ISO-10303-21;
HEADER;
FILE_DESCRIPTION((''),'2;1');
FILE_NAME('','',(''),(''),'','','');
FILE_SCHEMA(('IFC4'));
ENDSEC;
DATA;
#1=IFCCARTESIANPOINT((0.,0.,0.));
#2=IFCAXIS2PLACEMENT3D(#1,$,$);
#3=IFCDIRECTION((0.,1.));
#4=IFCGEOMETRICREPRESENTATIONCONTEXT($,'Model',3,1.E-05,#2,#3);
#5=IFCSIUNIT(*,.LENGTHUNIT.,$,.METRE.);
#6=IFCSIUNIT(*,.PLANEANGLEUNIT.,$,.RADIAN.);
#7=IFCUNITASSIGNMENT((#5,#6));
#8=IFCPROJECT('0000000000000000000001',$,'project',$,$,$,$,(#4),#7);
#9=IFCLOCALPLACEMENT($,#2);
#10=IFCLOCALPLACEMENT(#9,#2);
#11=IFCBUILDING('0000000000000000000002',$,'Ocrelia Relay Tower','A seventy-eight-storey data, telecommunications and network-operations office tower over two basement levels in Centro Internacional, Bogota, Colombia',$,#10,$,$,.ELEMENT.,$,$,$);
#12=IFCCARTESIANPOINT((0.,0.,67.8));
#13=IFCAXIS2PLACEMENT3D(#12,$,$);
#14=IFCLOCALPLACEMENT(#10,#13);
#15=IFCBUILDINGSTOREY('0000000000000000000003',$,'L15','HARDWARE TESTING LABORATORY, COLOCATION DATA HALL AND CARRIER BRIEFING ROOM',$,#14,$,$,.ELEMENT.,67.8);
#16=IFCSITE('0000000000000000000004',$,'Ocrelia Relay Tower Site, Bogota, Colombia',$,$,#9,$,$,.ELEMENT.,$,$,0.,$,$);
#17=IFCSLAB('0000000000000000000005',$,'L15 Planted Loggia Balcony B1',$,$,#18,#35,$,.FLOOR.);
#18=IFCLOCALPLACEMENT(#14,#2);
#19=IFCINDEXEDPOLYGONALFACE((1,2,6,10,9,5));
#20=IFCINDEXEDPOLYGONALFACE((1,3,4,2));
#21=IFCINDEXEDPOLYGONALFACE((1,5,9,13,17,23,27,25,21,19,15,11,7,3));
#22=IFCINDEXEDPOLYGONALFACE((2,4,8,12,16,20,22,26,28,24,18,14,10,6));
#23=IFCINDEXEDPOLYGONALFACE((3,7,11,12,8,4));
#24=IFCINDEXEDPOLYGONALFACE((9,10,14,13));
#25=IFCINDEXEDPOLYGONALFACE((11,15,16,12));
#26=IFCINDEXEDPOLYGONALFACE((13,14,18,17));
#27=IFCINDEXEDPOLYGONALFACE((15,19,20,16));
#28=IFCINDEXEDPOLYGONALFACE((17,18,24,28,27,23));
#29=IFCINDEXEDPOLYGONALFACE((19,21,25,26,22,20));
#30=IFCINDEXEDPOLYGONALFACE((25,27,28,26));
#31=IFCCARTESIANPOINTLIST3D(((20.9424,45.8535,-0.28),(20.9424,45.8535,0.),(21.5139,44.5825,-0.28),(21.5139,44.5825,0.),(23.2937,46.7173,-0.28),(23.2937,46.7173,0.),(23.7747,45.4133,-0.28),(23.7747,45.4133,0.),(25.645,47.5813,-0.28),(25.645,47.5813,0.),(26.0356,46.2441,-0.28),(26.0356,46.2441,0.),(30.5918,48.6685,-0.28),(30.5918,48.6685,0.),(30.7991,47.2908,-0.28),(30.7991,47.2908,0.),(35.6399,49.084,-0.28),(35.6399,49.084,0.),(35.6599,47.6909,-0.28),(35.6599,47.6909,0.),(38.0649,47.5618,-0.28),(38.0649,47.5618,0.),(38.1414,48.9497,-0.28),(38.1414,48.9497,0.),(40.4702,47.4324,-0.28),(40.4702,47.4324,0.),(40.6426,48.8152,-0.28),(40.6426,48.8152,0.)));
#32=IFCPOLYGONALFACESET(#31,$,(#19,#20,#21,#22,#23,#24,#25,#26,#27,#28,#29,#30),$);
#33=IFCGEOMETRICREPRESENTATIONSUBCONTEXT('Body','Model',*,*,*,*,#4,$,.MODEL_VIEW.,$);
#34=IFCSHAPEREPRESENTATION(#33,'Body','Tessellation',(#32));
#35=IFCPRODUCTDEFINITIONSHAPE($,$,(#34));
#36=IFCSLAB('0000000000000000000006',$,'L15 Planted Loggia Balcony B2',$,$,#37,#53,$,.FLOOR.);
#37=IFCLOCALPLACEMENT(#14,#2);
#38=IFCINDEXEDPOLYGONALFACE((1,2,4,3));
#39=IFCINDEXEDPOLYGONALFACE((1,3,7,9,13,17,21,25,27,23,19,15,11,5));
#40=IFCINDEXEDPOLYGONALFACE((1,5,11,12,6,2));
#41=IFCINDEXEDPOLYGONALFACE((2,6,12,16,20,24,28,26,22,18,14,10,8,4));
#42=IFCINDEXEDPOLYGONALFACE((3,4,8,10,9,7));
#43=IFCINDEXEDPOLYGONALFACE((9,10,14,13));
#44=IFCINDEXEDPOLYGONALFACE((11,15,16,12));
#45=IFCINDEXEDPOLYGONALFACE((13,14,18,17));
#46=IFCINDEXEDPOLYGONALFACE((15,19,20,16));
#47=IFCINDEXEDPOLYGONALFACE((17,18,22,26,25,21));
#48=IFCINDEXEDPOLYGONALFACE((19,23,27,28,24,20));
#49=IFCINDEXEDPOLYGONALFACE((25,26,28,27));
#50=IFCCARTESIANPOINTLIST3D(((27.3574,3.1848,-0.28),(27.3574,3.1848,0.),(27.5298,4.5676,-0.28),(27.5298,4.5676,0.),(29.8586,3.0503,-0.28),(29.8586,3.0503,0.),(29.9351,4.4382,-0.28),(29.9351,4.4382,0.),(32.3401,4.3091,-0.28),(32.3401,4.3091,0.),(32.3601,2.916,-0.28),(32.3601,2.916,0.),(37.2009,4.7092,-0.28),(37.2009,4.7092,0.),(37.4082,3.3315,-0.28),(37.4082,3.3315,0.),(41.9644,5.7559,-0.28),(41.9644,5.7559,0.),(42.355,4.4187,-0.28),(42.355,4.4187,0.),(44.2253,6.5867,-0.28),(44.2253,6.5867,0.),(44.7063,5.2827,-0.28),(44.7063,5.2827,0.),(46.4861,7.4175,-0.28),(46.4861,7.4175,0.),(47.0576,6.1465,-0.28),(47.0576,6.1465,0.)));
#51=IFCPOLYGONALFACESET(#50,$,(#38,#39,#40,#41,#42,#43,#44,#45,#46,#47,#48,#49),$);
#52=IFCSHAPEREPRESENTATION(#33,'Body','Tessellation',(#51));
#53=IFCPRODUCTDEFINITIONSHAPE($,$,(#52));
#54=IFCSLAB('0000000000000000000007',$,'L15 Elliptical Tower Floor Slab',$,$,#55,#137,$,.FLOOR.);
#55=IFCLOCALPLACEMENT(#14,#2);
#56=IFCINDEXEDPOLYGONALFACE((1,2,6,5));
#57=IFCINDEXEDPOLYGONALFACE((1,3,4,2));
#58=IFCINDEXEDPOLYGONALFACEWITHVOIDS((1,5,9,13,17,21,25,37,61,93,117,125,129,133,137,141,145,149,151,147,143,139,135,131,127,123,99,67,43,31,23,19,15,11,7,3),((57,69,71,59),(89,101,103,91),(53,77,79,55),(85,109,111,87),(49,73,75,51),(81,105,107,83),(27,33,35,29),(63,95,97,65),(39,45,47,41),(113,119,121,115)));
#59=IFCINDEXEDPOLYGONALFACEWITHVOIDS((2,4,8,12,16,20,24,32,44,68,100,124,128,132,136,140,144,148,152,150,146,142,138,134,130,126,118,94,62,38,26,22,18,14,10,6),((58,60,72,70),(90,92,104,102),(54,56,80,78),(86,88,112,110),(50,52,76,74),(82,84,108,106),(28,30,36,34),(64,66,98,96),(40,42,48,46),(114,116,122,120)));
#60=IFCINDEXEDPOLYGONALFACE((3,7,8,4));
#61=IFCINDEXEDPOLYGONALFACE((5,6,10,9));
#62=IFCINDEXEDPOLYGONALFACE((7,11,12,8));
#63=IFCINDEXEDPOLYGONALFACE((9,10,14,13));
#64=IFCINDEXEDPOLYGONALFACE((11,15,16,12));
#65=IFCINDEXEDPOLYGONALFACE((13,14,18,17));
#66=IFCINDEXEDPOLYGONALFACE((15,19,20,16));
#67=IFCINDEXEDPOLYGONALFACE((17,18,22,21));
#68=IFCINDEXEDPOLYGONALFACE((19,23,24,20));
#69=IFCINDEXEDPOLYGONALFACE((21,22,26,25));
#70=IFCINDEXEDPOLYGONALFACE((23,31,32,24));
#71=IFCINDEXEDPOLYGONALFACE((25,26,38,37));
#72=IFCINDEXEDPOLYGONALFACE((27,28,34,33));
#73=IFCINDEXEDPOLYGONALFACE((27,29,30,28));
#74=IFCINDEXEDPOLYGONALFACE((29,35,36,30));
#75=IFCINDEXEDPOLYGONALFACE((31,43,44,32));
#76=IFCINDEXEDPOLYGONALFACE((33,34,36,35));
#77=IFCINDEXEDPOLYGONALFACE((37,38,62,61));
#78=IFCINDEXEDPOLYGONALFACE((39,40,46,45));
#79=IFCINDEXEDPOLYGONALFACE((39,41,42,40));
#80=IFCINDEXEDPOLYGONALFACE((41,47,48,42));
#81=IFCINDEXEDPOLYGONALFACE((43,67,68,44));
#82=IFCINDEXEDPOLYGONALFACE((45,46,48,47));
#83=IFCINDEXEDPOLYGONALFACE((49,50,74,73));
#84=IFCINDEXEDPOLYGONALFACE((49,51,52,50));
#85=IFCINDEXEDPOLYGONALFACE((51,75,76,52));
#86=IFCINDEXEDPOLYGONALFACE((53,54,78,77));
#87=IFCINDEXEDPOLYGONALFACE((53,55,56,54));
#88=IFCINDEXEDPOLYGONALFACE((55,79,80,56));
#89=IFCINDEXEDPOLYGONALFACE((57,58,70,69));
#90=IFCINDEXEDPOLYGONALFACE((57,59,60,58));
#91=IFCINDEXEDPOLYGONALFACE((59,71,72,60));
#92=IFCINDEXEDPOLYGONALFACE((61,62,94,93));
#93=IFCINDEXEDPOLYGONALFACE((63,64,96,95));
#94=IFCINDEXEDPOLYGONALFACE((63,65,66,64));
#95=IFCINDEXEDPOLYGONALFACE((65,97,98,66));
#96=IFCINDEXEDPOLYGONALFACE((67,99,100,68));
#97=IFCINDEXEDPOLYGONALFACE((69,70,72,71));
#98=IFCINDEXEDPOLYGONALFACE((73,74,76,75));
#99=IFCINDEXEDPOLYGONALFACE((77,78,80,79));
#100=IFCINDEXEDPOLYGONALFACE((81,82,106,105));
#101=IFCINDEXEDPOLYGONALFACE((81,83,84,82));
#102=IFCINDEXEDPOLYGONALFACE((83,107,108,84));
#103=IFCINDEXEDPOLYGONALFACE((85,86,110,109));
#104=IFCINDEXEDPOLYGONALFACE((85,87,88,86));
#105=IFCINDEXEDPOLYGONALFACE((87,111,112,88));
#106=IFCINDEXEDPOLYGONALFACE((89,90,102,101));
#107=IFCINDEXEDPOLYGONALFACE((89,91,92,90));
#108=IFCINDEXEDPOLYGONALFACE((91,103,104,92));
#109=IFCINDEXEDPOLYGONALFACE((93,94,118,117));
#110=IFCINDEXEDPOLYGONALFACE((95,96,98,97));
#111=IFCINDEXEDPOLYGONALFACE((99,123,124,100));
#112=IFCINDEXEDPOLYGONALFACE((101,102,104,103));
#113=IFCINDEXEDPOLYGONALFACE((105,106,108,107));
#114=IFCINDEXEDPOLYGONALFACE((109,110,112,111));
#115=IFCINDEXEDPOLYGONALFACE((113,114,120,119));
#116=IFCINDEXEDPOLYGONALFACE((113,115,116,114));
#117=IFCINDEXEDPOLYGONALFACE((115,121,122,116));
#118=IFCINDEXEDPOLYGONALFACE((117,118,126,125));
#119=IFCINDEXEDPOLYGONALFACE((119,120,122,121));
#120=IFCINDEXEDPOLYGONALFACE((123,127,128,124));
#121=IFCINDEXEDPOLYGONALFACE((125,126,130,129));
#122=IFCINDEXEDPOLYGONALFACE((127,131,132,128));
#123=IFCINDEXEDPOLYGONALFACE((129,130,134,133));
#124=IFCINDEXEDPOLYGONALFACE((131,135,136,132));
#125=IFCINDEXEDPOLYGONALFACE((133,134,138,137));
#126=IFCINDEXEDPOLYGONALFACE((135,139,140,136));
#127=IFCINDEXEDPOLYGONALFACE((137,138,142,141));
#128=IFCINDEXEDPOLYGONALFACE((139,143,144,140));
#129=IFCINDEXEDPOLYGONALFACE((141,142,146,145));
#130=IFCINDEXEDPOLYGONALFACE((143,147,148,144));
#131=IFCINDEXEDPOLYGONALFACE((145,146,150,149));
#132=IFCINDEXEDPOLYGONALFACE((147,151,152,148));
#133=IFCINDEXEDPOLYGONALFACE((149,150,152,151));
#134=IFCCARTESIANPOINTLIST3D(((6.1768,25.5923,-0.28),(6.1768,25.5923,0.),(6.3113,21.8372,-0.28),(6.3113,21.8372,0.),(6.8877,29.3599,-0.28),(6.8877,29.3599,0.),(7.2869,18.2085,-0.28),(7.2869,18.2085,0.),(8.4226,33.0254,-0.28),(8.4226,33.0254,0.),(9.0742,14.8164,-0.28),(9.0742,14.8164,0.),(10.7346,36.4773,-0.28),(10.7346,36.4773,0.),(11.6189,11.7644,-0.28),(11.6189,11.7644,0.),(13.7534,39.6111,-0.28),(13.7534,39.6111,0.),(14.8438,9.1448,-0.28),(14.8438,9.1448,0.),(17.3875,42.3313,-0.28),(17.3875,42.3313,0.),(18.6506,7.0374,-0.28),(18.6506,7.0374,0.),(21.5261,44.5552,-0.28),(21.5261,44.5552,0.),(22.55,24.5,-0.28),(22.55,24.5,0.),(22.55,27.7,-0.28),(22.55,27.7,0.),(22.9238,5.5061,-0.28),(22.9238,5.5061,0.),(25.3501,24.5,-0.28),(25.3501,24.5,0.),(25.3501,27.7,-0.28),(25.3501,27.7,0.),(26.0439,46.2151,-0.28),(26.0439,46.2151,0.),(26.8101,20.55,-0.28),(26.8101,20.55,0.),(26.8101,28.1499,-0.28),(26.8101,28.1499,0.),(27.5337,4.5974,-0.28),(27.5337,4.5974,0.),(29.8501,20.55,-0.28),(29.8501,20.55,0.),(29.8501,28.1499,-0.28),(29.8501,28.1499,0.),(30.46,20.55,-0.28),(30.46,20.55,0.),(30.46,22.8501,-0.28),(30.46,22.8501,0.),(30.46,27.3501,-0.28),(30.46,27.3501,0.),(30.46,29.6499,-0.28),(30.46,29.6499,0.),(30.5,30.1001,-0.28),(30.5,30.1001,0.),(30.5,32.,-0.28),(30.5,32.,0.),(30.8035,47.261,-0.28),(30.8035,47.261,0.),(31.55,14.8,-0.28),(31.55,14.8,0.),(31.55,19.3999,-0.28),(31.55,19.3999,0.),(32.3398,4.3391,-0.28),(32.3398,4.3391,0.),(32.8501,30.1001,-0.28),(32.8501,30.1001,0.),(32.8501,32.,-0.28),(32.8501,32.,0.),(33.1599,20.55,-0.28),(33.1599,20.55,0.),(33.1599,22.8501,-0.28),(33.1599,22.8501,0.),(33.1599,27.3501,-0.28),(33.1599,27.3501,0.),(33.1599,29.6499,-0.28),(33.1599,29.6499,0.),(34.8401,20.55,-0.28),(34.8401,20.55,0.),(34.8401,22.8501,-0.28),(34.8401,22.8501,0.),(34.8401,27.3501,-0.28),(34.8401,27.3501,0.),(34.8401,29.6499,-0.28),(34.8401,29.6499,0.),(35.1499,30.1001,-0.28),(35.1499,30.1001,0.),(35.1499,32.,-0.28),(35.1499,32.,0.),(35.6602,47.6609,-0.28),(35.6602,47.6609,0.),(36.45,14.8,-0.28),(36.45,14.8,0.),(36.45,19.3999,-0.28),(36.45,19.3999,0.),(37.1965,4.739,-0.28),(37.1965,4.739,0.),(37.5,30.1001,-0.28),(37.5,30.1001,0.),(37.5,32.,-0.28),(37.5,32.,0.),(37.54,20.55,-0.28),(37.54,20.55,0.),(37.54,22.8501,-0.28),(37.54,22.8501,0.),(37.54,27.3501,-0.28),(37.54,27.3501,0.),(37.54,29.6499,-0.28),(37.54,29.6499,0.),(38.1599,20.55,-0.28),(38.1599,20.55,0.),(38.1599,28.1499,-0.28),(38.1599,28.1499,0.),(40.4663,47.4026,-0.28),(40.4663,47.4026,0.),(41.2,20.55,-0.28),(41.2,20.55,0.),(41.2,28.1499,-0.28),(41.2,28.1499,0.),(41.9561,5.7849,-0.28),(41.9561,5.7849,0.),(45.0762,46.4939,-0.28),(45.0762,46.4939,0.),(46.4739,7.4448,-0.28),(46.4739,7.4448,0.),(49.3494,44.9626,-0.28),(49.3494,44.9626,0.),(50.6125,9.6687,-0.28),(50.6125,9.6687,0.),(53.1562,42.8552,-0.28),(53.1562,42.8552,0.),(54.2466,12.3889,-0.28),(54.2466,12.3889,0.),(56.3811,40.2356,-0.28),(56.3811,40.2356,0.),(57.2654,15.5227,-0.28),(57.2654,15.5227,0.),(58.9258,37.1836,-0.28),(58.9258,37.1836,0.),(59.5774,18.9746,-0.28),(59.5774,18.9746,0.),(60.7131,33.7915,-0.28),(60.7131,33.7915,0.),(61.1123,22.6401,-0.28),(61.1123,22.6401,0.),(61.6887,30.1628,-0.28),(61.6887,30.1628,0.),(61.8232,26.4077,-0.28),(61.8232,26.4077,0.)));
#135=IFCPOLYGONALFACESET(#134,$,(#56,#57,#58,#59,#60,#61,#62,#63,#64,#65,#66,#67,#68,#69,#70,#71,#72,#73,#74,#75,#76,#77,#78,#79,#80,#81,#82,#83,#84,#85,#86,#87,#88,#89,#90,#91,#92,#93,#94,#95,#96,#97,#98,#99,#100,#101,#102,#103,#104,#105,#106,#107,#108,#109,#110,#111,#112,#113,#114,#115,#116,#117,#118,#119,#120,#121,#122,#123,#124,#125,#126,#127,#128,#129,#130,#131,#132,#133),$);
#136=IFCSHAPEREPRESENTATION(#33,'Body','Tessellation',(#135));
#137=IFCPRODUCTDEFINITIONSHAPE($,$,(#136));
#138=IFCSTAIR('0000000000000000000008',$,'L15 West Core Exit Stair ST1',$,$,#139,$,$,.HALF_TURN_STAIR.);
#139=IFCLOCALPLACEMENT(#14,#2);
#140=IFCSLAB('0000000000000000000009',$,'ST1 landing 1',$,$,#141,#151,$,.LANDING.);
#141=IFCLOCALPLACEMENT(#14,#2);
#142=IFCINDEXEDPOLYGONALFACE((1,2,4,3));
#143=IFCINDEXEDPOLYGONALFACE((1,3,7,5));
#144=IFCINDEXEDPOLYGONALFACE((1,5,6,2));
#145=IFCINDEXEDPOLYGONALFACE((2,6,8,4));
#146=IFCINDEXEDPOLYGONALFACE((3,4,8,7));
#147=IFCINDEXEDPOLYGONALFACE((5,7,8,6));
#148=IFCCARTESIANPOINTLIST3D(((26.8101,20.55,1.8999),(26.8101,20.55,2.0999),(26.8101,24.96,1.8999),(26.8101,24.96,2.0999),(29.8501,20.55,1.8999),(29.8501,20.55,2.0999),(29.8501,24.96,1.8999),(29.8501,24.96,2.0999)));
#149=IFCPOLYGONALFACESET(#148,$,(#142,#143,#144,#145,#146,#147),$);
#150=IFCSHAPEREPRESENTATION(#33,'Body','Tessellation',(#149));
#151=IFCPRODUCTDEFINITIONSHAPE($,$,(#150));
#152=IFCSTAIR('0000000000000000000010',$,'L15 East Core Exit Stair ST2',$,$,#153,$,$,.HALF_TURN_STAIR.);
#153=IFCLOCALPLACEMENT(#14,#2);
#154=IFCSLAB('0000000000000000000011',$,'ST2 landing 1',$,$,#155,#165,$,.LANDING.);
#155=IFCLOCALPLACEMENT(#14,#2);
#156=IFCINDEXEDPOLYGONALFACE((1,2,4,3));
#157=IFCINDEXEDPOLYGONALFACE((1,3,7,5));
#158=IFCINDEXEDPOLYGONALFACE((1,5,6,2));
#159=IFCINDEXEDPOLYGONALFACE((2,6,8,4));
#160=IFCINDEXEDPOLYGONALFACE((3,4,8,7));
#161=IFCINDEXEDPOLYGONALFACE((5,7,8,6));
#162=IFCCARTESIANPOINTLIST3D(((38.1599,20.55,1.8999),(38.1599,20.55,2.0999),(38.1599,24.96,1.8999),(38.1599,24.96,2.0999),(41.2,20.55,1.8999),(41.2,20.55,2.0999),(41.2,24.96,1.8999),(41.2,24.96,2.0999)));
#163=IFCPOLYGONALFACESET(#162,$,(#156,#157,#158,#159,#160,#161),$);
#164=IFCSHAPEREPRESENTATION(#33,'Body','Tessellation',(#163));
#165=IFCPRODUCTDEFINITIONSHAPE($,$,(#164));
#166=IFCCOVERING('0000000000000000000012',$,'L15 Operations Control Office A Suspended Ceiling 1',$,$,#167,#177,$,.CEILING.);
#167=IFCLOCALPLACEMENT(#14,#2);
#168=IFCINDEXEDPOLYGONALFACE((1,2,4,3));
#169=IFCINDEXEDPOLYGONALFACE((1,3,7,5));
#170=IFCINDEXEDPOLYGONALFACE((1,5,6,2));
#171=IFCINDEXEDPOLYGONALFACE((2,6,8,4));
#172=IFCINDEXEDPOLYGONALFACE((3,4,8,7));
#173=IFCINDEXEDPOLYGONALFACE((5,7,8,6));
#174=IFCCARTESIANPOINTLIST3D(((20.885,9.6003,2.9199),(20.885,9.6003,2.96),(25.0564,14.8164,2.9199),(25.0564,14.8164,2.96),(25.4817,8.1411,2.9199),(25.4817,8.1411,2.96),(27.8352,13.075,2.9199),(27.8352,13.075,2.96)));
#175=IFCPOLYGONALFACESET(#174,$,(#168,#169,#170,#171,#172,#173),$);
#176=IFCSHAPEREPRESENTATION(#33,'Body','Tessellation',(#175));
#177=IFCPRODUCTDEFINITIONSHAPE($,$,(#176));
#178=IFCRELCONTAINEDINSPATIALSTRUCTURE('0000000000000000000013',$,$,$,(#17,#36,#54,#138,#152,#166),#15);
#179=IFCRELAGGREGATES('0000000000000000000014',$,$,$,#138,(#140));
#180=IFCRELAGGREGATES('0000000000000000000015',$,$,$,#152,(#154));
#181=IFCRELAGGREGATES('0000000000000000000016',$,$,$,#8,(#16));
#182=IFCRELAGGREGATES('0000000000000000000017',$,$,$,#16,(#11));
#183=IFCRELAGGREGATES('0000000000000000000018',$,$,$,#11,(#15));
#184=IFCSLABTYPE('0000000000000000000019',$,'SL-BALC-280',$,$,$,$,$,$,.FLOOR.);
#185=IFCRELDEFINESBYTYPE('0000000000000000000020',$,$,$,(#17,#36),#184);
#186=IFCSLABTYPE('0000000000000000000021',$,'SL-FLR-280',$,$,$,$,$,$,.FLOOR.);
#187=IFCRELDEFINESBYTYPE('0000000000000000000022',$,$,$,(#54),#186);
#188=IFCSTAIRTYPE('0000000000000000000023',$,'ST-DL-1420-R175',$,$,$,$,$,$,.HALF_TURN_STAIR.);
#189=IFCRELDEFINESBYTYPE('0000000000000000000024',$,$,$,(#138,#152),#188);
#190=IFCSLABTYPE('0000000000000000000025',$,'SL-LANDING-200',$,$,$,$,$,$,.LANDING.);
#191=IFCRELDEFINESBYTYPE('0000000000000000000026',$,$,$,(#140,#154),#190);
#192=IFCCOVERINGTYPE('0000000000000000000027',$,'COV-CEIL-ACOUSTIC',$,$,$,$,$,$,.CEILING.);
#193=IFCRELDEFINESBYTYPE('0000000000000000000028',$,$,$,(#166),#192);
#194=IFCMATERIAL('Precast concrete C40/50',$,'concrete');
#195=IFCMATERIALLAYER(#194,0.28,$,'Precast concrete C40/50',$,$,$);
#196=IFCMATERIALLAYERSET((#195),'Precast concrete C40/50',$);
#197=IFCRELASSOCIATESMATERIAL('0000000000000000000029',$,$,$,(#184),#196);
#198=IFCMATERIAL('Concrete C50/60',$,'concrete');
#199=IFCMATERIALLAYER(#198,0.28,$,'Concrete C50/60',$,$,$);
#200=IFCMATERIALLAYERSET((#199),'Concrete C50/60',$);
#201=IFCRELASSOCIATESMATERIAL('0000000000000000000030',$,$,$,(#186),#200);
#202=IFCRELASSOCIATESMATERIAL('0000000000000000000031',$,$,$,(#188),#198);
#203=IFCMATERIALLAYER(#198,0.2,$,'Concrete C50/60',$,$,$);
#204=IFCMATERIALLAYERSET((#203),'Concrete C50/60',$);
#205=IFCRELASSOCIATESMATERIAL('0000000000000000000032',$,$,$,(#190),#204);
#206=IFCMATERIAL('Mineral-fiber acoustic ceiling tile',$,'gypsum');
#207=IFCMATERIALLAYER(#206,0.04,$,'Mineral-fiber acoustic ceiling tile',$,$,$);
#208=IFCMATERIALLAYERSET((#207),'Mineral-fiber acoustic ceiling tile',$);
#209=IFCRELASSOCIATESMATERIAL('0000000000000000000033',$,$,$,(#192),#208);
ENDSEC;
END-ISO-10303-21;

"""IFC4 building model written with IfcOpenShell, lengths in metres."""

from ifc_helpers import new_model, si_unit, direction, frame, origin, place, context, subcontext, project, spatial, polyline, outline, extrude, material, layer, layer_set, type_object, element, aggregate, save


model = new_model("IFC4")

# Units and contexts
model_context = context("Model", 3, precision=1e-05, world=origin(), true_north=direction((0.0, 1.0)))
body_context = subcontext(model_context, "Body", "Model", "MODEL_VIEW")
ifc_project = project(units=[si_unit("LENGTHUNIT", "METRE"), si_unit("PLANEANGLEUNIT", "RADIAN")], contexts=[model_context])

# Site, building, storey
site_placement = place(None, origin())
site = spatial("IfcSite", under=ifc_project, at=site_placement, Name="Ocrelia Relay Tower Site, Bogota, Colombia", CompositionType="ELEMENT", RefElevation=0.0)
building_placement = place(site_placement, origin())
building = spatial("IfcBuilding", under=site, at=building_placement, Name="Ocrelia Relay Tower", Description="A seventy-eight-storey data, telecommunications and network-operations office tower over two basement levels in Centro Internacional, Bogota, Colombia", CompositionType="ELEMENT")
storey_placement = place(building_placement, frame((0.0, 0.0, 67.8)))
storey = spatial("IfcBuildingStorey", under=building, at=storey_placement, Name="L15", Description="HARDWARE TESTING LABORATORY, COLOCATION DATA HALL AND CARRIER BRIEFING ROOM", CompositionType="ELEMENT", Elevation=67.8)

# Slabs
ifc_material_1 = material(Name="Precast concrete C40/50", Category="concrete")
ifc_layer_1 = layer(ifc_material_1, 0.28, Name="Precast concrete C40/50")
ifc_layer_set_1 = layer_set([ifc_layer_1], Name="Precast concrete C40/50")
slab_type_1 = type_object("IfcSlabType", Name="SL-BALC-280", PredefinedType="FLOOR", material=ifc_layer_set_1)
slab_1_placement = place(storey_placement, frame((0.0, 0.0, -0.28)))
element("IfcSlab", 1, at=slab_1_placement, inside=storey, type_object=slab_type_1, Name="L15 Planted Loggia Balcony B1", PredefinedType="FLOOR", context=body_context, shape_type="SweptSolid", body=[
    extrude(outline(polyline([(40.4702, 47.4324), (38.0649, 47.5618), (35.6599, 47.6909), (30.7991, 47.2908), (26.0356, 46.2441), (23.7747, 45.4133), (21.5139, 44.5825), (20.9424, 45.8535), (23.2937, 46.7173), (25.645, 47.5813), (30.5918, 48.6685), (35.6399, 49.084), (38.1414, 48.9497), (40.6426, 48.8152), (40.4702, 47.4324)])), origin(), (0.0, 0.0, 1.0), 0.28),
])
slab_2_placement = place(storey_placement, frame((0.0, 0.0, -0.28)))
element("IfcSlab", 2, at=slab_2_placement, inside=storey, type_object=slab_type_1, Name="L15 Planted Loggia Balcony B2", PredefinedType="FLOOR", context=body_context, shape_type="SweptSolid", body=[
    extrude(outline(polyline([(27.5298, 4.5676), (29.9351, 4.4382), (32.3401, 4.3091), (37.2009, 4.7092), (41.9644, 5.7559), (44.2253, 6.5867), (46.4861, 7.4175), (47.0576, 6.1465), (44.7063, 5.2827), (42.355, 4.4187), (37.4082, 3.3315), (32.3601, 2.916), (29.8586, 3.0503), (27.3574, 3.1848), (27.5298, 4.5676)])), origin(), (0.0, 0.0, 1.0), 0.28),
])
ifc_material_2 = material(Name="Concrete C50/60", Category="concrete")
ifc_layer_2 = layer(ifc_material_2, 0.28, Name="Concrete C50/60")
ifc_layer_set_2 = layer_set([ifc_layer_2], Name="Concrete C50/60")
slab_type_2 = type_object("IfcSlabType", Name="SL-FLR-280", PredefinedType="FLOOR", material=ifc_layer_set_2)
slab_3_placement = place(storey_placement, frame((0.0, 0.0, -0.28)))
element("IfcSlab", 3, at=slab_3_placement, inside=storey, type_object=slab_type_2, Name="L15 Elliptical Tower Floor Slab", PredefinedType="FLOOR", context=body_context, shape_type="SweptSolid", body=[
    extrude(outline(polyline([(61.6887, 30.1628), (60.7131, 33.7915), (58.9258, 37.1836), (56.3811, 40.2356), (53.1562, 42.8552), (49.3494, 44.9626), (45.0762, 46.4939), (40.4663, 47.4026), (35.6602, 47.6609), (30.8035, 47.261), (26.0439, 46.2151), (21.5261, 44.5552), (17.3875, 42.3313), (13.7534, 39.6111), (10.7346, 36.4773), (8.4226, 33.0254), (6.8877, 29.3599), (6.1768, 25.5923), (6.3113, 21.8372), (7.2869, 18.2085), (9.0742, 14.8164), (11.6189, 11.7644), (14.8438, 9.1448), (18.6506, 7.0374), (22.9238, 5.5061), (27.5337, 4.5974), (32.3398, 4.3391), (37.1965, 4.739), (41.9561, 5.7849), (46.4739, 7.4448), (50.6125, 9.6687), (54.2466, 12.3889), (57.2654, 15.5227), (59.5774, 18.9746), (61.1123, 22.6401), (61.8232, 26.4077), (61.6887, 30.1628)]), holes=[polyline([(26.8101, 28.1499), (26.8101, 20.55), (29.8501, 20.55), (29.8501, 28.1499), (26.8101, 28.1499)]), polyline([(38.1599, 28.1499), (38.1599, 20.55), (41.2, 20.55), (41.2, 28.1499), (38.1599, 28.1499)]), polyline([(30.46, 20.55), (33.1599, 20.55), (33.1599, 22.8501), (30.46, 22.8501), (30.46, 20.55)]), polyline([(34.8401, 20.55), (37.54, 20.55), (37.54, 22.8501), (34.8401, 22.8501), (34.8401, 20.55)]), polyline([(30.46, 27.3501), (33.1599, 27.3501), (33.1599, 29.6499), (30.46, 29.6499), (30.46, 27.3501)]), polyline([(34.8401, 27.3501), (37.54, 27.3501), (37.54, 29.6499), (34.8401, 29.6499), (34.8401, 27.3501)]), polyline([(30.5, 30.1001), (32.8501, 30.1001), (32.8501, 32.0), (30.5, 32.0), (30.5, 30.1001)]), polyline([(35.1499, 30.1001), (37.5, 30.1001), (37.5, 32.0), (35.1499, 32.0), (35.1499, 30.1001)]), polyline([(22.55, 24.5), (25.3501, 24.5), (25.3501, 27.7), (22.55, 27.7), (22.55, 24.5)]), polyline([(31.55, 14.8), (36.45, 14.8), (36.45, 19.3999), (31.55, 19.3999), (31.55, 14.8)])]), origin(), (0.0, 0.0, 1.0), 0.28),
])

# Stairs, slabs
stair_type = type_object("IfcStairType", Name="ST-DL-1420-R175", PredefinedType="HALF_TURN_STAIR", material=ifc_material_2)
stair_1_placement = place(storey_placement, origin())
stair_1 = element("IfcStair", 4, at=stair_1_placement, inside=storey, type_object=stair_type, Name="L15 West Core Exit Stair ST1", PredefinedType="HALF_TURN_STAIR")
ifc_layer_3 = layer(ifc_material_2, 0.2, Name="Concrete C50/60")
ifc_layer_set_3 = layer_set([ifc_layer_3], Name="Concrete C50/60")
slab_type_3 = type_object("IfcSlabType", Name="SL-LANDING-200", PredefinedType="LANDING", material=ifc_layer_set_3)
slab_4_placement = place(storey_placement, frame((0.0, 0.0, 1.8999)))
slab_4 = element("IfcSlab", 5, at=slab_4_placement, type_object=slab_type_3, Name="ST1 landing 1", PredefinedType="LANDING", context=body_context, shape_type="SweptSolid", body=[
    extrude(outline(polyline([(26.8101, 24.96), (26.8101, 20.55), (29.8501, 20.55), (29.8501, 24.96), (26.8101, 24.96)])), origin(), (0.0, 0.0, 1.0), 0.2),
])
aggregate(stair_1, [slab_4])
stair_2_placement = place(storey_placement, origin())
stair_2 = element("IfcStair", 6, at=stair_2_placement, inside=storey, type_object=stair_type, Name="L15 East Core Exit Stair ST2", PredefinedType="HALF_TURN_STAIR")
slab_5_placement = place(storey_placement, frame((0.0, 0.0, 1.8999)))
slab_5 = element("IfcSlab", 7, at=slab_5_placement, type_object=slab_type_3, Name="ST2 landing 1", PredefinedType="LANDING", context=body_context, shape_type="SweptSolid", body=[
    extrude(outline(polyline([(38.1599, 24.96), (38.1599, 20.55), (41.2, 20.55), (41.2, 24.96), (38.1599, 24.96)])), origin(), (0.0, 0.0, 1.0), 0.2),
])
aggregate(stair_2, [slab_5])

# Covering
ifc_material_3 = material(Name="Mineral-fiber acoustic ceiling tile", Category="gypsum")
ifc_layer_4 = layer(ifc_material_3, 0.04, Name="Mineral-fiber acoustic ceiling tile")
ifc_layer_set_4 = layer_set([ifc_layer_4], Name="Mineral-fiber acoustic ceiling tile")
covering_type_1 = type_object("IfcCoveringType", Name="COV-CEIL-ACOUSTIC", PredefinedType="CEILING", material=ifc_layer_set_4)
covering_1_placement = place(storey_placement, frame((0.0, 0.0, 2.9199)))
element("IfcCovering", 8, at=covering_1_placement, inside=storey, type_object=covering_type_1, Name="L15 Operations Control Office A Suspended Ceiling 1", PredefinedType="CEILING", context=body_context, shape_type="SweptSolid", body=[
    extrude(outline(polyline([(25.0564, 14.8164), (20.885, 9.6003), (25.4817, 8.1411), (27.8352, 13.075), (25.0564, 14.8164)])), origin(), (0.0, 0.0, 1.0), 0.04),
])

save(model, "model.ifc")
